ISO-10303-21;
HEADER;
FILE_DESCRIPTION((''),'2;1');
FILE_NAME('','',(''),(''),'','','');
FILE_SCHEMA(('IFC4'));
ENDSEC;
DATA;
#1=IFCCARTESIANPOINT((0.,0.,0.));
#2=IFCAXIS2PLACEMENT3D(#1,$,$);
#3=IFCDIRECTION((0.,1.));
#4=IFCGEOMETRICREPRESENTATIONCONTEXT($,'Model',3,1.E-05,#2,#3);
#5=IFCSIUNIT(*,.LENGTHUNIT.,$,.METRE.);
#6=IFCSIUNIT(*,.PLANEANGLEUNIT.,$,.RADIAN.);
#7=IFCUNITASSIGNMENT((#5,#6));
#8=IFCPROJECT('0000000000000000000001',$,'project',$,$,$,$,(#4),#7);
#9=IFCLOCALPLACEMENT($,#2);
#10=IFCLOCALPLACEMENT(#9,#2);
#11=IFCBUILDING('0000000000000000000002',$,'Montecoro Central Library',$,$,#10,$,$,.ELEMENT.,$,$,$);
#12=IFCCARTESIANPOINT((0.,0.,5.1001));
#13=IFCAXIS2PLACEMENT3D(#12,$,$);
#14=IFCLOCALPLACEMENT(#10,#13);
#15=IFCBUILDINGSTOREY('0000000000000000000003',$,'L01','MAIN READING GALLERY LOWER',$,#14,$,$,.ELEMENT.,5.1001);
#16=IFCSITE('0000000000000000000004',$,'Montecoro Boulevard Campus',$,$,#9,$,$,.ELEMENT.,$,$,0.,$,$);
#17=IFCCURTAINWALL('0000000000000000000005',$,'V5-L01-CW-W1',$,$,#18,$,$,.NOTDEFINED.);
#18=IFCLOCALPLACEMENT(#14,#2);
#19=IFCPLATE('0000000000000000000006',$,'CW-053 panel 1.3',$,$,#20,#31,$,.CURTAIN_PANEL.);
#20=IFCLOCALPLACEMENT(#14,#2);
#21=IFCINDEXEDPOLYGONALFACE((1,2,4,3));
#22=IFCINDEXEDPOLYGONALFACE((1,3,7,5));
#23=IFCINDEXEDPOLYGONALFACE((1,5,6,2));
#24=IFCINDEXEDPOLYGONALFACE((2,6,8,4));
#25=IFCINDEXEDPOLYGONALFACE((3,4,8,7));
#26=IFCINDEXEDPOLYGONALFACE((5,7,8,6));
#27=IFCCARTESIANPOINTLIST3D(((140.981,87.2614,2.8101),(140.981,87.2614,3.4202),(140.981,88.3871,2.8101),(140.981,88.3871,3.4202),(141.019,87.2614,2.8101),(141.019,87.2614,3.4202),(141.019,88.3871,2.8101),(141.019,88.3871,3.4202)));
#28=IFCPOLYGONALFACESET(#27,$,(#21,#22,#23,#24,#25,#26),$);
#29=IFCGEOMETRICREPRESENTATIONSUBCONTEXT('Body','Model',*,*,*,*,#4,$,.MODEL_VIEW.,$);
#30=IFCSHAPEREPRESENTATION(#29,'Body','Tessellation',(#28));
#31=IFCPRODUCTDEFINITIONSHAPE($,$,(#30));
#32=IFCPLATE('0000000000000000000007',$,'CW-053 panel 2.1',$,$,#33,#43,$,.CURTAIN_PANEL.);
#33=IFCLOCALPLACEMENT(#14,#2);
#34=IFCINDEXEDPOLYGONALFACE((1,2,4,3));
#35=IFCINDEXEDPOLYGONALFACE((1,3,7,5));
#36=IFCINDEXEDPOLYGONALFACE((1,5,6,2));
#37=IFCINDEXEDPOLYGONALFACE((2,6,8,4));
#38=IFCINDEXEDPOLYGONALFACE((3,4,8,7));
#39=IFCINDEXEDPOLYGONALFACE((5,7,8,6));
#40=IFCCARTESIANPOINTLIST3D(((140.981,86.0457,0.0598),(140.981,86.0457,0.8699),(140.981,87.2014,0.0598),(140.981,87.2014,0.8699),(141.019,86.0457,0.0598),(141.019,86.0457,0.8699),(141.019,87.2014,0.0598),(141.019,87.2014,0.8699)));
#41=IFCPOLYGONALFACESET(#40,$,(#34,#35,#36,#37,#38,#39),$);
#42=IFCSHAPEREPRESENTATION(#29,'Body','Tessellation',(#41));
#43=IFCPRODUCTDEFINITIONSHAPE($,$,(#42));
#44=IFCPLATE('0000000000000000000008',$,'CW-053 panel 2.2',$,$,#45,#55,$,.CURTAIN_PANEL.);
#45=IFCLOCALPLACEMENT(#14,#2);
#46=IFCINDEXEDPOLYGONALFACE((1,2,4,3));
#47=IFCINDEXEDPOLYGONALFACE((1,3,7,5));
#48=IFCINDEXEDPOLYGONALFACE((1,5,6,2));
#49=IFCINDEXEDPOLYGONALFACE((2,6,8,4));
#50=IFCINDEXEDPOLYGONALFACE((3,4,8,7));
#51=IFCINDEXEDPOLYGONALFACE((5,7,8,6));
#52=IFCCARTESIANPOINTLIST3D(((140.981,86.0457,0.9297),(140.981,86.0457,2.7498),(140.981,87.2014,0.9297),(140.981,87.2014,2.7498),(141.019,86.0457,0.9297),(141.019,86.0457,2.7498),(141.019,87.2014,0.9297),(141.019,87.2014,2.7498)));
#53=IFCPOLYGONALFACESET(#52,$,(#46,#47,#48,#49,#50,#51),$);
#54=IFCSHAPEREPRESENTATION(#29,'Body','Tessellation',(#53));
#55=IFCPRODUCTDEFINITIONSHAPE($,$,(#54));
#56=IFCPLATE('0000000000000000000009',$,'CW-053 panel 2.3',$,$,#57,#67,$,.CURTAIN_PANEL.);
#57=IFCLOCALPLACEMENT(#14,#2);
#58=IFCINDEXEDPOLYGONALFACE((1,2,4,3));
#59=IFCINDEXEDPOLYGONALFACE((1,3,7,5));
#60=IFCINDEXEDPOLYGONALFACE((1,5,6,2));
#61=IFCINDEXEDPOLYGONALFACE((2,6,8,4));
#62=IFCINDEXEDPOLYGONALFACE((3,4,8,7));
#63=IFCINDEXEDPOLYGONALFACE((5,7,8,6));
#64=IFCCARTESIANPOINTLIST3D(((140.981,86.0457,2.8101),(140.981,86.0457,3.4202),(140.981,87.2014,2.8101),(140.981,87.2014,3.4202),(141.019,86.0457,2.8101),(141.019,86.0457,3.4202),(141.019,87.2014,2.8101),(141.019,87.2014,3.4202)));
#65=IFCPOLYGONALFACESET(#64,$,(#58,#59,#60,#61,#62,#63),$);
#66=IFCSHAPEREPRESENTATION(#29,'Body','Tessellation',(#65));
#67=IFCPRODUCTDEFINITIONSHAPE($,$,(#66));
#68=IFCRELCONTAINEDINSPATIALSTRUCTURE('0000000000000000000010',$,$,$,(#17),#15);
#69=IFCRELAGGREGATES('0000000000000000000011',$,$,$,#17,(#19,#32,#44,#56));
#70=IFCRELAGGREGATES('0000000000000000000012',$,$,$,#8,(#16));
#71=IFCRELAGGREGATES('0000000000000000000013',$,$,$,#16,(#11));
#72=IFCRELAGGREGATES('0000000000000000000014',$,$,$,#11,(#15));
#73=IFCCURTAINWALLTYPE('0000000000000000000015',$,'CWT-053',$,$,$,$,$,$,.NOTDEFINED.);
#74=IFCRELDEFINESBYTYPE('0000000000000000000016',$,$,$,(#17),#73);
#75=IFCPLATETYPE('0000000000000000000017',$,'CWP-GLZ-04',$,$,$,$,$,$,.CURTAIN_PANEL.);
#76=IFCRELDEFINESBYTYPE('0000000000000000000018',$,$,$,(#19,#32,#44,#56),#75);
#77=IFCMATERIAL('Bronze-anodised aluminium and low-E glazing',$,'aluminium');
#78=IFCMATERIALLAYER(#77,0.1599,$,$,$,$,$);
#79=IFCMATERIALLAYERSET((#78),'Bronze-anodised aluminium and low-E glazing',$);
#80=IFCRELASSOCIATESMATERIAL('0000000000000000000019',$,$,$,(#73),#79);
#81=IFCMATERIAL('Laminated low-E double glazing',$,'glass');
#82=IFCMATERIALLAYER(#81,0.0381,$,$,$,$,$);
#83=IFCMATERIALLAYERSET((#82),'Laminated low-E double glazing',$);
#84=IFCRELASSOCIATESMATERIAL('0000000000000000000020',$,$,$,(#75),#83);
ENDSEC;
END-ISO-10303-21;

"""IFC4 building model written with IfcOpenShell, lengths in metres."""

from ifc_helpers import new_model, si_unit, direction, frame, origin, origin_2d, place, context, subcontext, project, spatial, rectangle, extrude, material, layer, layer_set, type_object, element, aggregate, save


model = new_model("IFC4")

# Units and contexts
model_context = context("Model", 3, precision=1e-05, world=origin(), true_north=direction((0.0, 1.0)))
body_context = subcontext(model_context, "Body", "Model", "MODEL_VIEW")
ifc_project = project(units=[si_unit("LENGTHUNIT", "METRE"), si_unit("PLANEANGLEUNIT", "RADIAN")], contexts=[model_context])

# Site, building, storey
site_placement = place(None, origin())
site = spatial("IfcSite", under=ifc_project, at=site_placement, Name="Montecoro Boulevard Campus", CompositionType="ELEMENT", RefElevation=0.0)
building_placement = place(site_placement, origin())
building = spatial("IfcBuilding", under=site, at=building_placement, Name="Montecoro Central Library", CompositionType="ELEMENT")
storey_placement = place(building_placement, frame((0.0, 0.0, 5.1001)))
storey = spatial("IfcBuildingStorey", under=building, at=storey_placement, Name="L01", Description="MAIN READING GALLERY LOWER", CompositionType="ELEMENT", Elevation=5.1001)

# Curtain wall, plates
ifc_material_1 = material(Name="Bronze-anodised aluminium and low-E glazing", Category="aluminium")
ifc_layer_1 = layer(ifc_material_1, 0.1599)
ifc_layer_set_1 = layer_set([ifc_layer_1], Name="Bronze-anodised aluminium and low-E glazing")
curtain_wall_type = type_object("IfcCurtainWallType", Name="CWT-053", PredefinedType="NOTDEFINED", material=ifc_layer_set_1)
curtain_wall_placement = place(storey_placement, origin())
curtain_wall = element("IfcCurtainWall", 1, at=curtain_wall_placement, inside=storey, type_object=curtain_wall_type, Name="V5-L01-CW-W1", PredefinedType="NOTDEFINED")
ifc_material_2 = material(Name="Laminated low-E double glazing", Category="glass")
ifc_layer_2 = layer(ifc_material_2, 0.0381)
ifc_layer_set_2 = layer_set([ifc_layer_2], Name="Laminated low-E double glazing")
plate_type = type_object("IfcPlateType", Name="CWP-GLZ-04", PredefinedType="CURTAIN_PANEL", material=ifc_layer_set_2)
plate_1_placement = place(storey_placement, frame((141.0, 87.8242, 2.8101), z_axis=(0.0, 0.0, 1.0), x_axis=(0.0, -1.0, 0.0)))
plate_1 = element("IfcPlate", 2, at=plate_1_placement, type_object=plate_type, Name="CW-053 panel 1.3", PredefinedType="CURTAIN_PANEL", context=body_context, shape_type="SweptSolid", body=[
    extrude(rectangle(XDim=1.1257, YDim=0.0381, at=origin_2d()), origin(), (0.0, 0.0, 1.0), 0.6101),
])
plate_2_placement = place(storey_placement, frame((141.0, 86.6235, 0.0598), z_axis=(0.0, 0.0, 1.0), x_axis=(0.0, -1.0, 0.0)))
plate_2 = element("IfcPlate", 3, at=plate_2_placement, type_object=plate_type, Name="CW-053 panel 2.1", PredefinedType="CURTAIN_PANEL", context=body_context, shape_type="SweptSolid", body=[
    extrude(rectangle(XDim=1.1558, YDim=0.0381, at=origin_2d()), origin(), (0.0, 0.0, 1.0), 0.8101),
])
plate_3_placement = place(storey_placement, frame((141.0, 86.6235, 0.9297), z_axis=(0.0, 0.0, 1.0), x_axis=(0.0, -1.0, 0.0)))
plate_3 = element("IfcPlate", 4, at=plate_3_placement, type_object=plate_type, Name="CW-053 panel 2.2", PredefinedType="CURTAIN_PANEL", context=body_context, shape_type="SweptSolid", body=[
    extrude(rectangle(XDim=1.1558, YDim=0.0381, at=origin_2d()), origin(), (0.0, 0.0, 1.0), 1.8201),
])
plate_4_placement = place(storey_placement, frame((141.0, 86.6235, 2.8101), z_axis=(0.0, 0.0, 1.0), x_axis=(0.0, -1.0, 0.0)))
plate_4 = element("IfcPlate", 5, at=plate_4_placement, type_object=plate_type, Name="CW-053 panel 2.3", PredefinedType="CURTAIN_PANEL", context=body_context, shape_type="SweptSolid", body=[
    extrude(rectangle(XDim=1.1558, YDim=0.0381, at=origin_2d()), origin(), (0.0, 0.0, 1.0), 0.6101),
])
aggregate(curtain_wall, [plate_1, plate_2, plate_3, plate_4])

save(model, "model.ifc")
